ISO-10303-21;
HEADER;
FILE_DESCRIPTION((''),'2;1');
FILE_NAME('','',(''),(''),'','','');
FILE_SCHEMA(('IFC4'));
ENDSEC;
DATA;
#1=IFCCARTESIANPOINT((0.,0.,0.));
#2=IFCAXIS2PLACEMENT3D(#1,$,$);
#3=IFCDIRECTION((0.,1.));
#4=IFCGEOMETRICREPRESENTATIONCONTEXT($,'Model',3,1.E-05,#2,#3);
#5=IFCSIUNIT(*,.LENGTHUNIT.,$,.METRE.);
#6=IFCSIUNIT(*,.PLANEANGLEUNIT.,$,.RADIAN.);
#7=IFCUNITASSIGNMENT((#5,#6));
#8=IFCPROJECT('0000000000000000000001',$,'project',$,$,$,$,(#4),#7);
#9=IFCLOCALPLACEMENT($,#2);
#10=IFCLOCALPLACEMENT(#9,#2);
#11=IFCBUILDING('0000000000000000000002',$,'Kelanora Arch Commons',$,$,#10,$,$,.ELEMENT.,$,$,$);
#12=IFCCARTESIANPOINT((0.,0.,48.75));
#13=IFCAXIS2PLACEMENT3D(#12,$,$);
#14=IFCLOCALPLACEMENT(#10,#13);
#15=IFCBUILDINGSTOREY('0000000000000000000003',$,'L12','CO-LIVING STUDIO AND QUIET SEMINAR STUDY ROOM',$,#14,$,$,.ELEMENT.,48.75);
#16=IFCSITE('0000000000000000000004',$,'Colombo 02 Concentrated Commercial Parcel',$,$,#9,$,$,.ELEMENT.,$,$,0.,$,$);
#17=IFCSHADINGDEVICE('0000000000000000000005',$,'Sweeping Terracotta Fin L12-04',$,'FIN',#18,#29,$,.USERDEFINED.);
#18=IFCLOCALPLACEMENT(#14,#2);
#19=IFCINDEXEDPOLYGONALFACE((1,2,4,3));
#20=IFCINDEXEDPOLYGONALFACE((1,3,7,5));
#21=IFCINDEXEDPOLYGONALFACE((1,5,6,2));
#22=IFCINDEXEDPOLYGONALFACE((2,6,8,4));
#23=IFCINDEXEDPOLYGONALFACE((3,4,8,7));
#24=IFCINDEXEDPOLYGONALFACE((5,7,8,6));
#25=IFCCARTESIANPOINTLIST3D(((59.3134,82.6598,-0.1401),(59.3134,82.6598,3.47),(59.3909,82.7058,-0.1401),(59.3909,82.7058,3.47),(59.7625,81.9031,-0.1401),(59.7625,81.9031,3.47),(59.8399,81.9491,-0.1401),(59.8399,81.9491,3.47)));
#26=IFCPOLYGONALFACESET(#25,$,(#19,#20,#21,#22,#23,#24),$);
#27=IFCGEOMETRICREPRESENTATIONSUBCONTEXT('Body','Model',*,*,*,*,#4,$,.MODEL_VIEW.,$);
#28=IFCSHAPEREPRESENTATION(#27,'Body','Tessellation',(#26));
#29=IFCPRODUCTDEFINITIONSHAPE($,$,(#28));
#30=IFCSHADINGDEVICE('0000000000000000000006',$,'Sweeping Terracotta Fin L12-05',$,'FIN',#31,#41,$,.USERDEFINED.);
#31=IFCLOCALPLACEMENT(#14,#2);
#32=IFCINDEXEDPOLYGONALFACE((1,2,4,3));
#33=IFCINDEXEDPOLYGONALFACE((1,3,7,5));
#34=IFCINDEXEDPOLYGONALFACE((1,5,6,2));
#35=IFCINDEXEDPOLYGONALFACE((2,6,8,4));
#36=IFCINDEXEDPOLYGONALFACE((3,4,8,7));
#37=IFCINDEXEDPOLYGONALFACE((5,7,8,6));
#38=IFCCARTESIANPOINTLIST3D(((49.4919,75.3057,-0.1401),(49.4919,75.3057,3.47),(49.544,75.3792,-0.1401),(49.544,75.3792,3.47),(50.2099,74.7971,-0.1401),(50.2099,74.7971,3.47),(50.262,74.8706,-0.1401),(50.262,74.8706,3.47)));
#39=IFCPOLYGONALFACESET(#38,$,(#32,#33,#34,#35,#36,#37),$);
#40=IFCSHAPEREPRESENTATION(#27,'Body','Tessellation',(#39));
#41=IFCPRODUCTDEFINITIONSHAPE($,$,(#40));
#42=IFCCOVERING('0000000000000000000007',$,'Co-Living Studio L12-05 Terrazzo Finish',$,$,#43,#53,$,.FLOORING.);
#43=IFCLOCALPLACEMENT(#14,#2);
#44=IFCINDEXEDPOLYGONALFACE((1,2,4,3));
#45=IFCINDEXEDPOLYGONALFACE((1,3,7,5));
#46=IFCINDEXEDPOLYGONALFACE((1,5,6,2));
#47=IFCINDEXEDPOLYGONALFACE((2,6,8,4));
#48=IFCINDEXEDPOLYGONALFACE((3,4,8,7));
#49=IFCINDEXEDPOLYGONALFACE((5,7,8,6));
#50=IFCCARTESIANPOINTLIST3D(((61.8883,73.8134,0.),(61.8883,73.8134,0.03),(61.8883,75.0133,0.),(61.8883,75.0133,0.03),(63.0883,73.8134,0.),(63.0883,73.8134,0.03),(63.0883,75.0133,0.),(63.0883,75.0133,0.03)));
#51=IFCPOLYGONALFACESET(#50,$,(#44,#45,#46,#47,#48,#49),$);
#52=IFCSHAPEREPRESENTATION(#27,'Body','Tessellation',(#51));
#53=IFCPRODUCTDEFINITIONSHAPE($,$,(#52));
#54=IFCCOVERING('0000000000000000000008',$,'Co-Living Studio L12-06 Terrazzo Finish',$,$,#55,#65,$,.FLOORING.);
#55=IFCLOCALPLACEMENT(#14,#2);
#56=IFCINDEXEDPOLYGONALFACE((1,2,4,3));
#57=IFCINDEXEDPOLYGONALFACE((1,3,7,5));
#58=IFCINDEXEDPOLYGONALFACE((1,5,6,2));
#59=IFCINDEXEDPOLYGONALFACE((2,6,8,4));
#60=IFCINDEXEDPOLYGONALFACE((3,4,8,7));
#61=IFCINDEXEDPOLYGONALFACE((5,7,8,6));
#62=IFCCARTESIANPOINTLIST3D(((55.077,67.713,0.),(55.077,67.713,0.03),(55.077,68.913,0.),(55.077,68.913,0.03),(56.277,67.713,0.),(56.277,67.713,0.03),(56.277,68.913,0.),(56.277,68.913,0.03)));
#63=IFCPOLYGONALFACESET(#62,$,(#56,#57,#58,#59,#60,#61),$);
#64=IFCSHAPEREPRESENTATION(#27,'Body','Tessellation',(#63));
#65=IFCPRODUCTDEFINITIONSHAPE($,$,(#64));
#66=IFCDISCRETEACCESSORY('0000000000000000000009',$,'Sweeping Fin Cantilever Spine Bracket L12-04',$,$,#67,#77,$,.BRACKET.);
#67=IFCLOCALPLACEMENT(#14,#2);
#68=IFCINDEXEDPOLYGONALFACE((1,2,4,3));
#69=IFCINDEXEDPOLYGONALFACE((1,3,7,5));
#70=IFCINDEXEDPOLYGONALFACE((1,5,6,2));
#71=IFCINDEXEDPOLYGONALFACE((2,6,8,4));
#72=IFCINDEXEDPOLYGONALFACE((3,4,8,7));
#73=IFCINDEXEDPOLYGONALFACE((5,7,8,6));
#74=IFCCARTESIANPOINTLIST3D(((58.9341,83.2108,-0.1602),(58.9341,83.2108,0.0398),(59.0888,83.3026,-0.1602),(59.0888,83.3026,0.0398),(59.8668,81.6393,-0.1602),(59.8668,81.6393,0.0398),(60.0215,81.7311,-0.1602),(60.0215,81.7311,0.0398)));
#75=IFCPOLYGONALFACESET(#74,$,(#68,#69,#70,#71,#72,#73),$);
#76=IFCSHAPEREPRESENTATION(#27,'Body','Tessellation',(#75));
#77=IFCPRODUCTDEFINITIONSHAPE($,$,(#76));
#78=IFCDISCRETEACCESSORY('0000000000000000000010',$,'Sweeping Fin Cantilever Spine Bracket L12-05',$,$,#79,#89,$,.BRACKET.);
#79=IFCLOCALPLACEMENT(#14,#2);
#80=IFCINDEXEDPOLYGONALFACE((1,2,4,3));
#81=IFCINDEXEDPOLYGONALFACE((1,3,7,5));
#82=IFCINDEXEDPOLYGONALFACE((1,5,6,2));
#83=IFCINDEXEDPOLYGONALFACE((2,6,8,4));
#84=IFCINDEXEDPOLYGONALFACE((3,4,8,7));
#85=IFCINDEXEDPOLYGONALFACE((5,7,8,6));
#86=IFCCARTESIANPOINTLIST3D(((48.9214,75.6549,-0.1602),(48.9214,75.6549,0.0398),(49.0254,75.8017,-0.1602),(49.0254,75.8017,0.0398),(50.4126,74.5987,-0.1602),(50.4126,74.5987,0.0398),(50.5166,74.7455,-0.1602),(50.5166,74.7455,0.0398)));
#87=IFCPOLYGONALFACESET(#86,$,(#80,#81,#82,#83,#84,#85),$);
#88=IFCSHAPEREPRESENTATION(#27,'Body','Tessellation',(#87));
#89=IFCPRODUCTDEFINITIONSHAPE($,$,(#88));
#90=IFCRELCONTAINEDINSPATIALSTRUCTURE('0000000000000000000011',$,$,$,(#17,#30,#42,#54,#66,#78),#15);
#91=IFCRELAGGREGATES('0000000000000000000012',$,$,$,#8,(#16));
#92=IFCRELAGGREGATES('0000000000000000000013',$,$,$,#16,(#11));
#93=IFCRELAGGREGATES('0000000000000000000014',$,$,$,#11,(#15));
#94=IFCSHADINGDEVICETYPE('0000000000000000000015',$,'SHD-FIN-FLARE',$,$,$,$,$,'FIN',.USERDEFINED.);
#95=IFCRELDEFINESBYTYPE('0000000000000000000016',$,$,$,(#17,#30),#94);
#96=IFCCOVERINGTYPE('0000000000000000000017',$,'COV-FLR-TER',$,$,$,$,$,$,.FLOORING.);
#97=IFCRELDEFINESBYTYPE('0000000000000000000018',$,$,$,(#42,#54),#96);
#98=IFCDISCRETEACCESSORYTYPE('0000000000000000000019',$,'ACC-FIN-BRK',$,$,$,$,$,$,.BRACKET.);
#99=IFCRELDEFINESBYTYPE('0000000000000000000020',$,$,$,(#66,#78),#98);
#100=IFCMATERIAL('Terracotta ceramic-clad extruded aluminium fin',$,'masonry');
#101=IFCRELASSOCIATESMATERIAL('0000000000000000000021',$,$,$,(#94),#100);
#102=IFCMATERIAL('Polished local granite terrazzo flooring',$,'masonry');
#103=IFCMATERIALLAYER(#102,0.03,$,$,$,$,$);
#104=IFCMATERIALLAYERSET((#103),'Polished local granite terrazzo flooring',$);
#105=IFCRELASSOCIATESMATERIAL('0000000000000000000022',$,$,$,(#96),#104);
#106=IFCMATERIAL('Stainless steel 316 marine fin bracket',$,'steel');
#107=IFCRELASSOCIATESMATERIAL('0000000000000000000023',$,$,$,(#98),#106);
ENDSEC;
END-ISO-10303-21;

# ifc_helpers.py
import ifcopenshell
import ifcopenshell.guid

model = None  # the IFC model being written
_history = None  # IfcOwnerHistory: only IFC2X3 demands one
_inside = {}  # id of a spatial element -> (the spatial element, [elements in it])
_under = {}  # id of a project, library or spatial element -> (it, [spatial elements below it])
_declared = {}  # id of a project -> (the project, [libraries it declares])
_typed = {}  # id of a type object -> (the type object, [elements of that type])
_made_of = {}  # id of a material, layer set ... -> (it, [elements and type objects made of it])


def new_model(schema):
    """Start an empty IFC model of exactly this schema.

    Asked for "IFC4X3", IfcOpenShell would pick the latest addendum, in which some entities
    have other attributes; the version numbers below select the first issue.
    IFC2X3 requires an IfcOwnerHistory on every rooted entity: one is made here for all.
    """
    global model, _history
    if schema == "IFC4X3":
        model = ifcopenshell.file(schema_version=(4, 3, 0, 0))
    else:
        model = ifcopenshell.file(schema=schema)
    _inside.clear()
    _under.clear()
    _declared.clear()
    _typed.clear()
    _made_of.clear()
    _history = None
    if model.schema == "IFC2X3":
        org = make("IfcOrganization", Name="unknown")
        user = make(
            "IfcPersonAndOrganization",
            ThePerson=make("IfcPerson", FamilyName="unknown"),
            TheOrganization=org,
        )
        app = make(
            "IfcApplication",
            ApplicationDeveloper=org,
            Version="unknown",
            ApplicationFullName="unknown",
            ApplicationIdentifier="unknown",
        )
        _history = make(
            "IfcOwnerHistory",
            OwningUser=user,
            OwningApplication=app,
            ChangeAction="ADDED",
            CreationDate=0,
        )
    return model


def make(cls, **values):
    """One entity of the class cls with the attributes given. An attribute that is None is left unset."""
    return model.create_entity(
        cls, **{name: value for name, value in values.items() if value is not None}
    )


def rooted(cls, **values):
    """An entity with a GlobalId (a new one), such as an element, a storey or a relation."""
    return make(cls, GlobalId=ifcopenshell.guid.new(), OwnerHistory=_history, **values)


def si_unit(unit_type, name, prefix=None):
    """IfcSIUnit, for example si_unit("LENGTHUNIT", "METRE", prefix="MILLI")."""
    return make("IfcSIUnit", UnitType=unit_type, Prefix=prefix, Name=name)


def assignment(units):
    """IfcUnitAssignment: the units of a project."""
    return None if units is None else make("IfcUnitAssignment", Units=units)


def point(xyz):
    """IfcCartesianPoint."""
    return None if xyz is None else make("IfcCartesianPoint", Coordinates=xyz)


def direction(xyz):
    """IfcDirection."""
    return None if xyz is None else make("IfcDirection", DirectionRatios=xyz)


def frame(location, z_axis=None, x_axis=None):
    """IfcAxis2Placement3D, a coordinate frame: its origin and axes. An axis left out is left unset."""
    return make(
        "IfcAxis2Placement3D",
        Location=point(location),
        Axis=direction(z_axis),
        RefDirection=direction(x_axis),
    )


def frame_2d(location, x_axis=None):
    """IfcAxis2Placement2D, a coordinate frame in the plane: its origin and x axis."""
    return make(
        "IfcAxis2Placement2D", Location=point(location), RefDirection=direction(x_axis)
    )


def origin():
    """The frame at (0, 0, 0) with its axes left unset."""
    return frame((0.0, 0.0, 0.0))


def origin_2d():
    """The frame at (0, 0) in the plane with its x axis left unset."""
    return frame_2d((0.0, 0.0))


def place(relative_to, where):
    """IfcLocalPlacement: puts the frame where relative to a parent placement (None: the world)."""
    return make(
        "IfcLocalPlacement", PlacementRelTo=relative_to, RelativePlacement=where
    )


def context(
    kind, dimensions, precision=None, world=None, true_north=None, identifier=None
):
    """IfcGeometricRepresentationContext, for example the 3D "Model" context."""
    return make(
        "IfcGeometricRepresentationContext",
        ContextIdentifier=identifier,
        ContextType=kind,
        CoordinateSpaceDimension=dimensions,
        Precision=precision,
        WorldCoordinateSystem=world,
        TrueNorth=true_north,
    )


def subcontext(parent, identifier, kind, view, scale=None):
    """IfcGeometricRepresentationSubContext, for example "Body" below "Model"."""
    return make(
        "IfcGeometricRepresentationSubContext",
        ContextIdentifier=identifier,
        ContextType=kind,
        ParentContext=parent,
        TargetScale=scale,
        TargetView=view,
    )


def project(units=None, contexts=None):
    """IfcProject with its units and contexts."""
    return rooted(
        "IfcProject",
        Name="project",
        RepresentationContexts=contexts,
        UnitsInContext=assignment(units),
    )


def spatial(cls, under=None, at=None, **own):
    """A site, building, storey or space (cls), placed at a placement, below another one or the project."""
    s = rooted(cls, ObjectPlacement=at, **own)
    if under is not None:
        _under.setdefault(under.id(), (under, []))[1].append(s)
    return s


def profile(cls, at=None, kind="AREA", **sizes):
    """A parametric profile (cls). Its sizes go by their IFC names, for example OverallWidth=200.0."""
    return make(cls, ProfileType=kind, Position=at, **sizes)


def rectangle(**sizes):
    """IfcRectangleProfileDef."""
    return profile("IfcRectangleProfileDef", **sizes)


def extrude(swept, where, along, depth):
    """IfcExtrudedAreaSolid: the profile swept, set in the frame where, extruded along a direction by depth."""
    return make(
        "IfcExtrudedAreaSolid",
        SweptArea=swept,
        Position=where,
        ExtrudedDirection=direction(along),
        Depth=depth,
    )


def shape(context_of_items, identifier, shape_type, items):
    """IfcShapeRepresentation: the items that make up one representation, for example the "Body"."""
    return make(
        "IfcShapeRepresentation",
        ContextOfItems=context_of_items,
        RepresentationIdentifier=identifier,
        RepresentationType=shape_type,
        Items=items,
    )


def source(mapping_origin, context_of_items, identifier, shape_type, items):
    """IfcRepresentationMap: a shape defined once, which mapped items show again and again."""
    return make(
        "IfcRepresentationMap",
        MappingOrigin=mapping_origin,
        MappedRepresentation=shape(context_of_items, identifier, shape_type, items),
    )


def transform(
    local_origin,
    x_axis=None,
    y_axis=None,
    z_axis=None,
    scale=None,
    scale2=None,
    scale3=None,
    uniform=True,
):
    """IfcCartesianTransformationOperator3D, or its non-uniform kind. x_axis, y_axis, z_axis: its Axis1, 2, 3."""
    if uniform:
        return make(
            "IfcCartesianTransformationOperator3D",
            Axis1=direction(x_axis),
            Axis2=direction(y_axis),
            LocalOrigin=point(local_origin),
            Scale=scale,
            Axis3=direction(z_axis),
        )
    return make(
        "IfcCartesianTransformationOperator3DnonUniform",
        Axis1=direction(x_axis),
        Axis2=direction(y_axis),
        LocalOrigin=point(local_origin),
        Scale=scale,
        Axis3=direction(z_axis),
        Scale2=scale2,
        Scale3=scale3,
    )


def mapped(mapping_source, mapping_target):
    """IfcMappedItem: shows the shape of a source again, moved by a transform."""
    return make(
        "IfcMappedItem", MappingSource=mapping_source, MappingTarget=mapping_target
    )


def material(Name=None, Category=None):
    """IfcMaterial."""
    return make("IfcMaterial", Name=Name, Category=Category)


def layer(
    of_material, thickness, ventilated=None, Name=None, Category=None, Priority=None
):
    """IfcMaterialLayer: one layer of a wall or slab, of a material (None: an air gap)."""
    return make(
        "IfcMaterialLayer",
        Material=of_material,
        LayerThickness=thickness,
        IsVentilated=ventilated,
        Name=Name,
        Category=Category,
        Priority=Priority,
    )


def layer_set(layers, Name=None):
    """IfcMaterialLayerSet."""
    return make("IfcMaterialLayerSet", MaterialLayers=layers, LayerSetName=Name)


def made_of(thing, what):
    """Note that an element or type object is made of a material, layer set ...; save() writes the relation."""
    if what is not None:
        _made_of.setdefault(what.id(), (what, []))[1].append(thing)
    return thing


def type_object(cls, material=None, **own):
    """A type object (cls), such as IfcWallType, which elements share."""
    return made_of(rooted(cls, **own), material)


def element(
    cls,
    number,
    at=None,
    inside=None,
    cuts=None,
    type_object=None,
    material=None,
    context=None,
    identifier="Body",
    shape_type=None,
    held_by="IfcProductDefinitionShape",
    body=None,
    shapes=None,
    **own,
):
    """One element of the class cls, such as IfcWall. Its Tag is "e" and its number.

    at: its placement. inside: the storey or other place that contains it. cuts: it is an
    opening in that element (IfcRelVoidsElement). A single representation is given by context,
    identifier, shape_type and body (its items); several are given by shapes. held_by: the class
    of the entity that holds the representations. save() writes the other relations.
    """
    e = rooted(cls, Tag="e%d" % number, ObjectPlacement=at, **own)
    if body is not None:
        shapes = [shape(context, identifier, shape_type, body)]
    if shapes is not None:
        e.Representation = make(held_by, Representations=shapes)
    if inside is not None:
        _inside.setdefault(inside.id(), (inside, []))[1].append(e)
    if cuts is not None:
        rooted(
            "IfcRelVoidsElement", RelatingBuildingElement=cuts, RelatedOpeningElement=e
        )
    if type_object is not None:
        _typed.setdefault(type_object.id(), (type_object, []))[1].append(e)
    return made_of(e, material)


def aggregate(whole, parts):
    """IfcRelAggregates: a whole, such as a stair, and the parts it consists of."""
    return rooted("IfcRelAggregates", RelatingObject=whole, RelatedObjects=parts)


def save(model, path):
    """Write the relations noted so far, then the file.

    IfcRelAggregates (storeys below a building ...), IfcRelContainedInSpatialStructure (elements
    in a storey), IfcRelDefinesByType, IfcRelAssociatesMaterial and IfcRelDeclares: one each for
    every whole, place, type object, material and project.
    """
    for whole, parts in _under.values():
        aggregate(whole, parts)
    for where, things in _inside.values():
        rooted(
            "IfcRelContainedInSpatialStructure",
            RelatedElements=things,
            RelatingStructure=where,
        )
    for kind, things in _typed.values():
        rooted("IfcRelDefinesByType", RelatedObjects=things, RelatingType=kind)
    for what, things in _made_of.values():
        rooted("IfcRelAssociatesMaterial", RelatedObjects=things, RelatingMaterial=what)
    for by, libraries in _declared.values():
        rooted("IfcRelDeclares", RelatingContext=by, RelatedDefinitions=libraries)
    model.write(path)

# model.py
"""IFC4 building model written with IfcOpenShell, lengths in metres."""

from ifc_helpers import new_model, si_unit, direction, frame, origin, origin_2d, place, context, subcontext, project, spatial, rectangle, extrude, source, transform, mapped, material, layer, layer_set, type_object, element, save


model = new_model("IFC4")

# Units and contexts
model_context = context("Model", 3, precision=1e-05, world=origin(), true_north=direction((0.0, 1.0)))
body_context = subcontext(model_context, "Body", "Model", "MODEL_VIEW")
ifc_project = project(units=[si_unit("LENGTHUNIT", "METRE"), si_unit("PLANEANGLEUNIT", "RADIAN")], contexts=[model_context])

# Site, building, storey
site_placement = place(None, origin())
site = spatial("IfcSite", under=ifc_project, at=site_placement, Name="Colombo 02 Concentrated Commercial Parcel", CompositionType="ELEMENT", RefElevation=0.0)
building_placement = place(site_placement, origin())
building = spatial("IfcBuilding", under=site, at=building_placement, Name="Kelanora Arch Commons", CompositionType="ELEMENT")
storey_placement = place(building_placement, frame((0.0, 0.0, 48.75)))
storey = spatial("IfcBuildingStorey", under=building, at=storey_placement, Name="L12", Description="CO-LIVING STUDIO AND QUIET SEMINAR STUDY ROOM", CompositionType="ELEMENT", Elevation=48.75)

# Shading devices
ifc_material_1 = material(Name="Terracotta ceramic-clad extruded aluminium fin", Category="masonry")
shading_device_type = type_object("IfcShadingDeviceType", Name="SHD-FIN-FLARE", ElementType="FIN", PredefinedType="USERDEFINED", material=ifc_material_1)
shared_shape_1 = source(origin(), body_context, "Body", "SweptSolid", [
    extrude(rectangle(XDim=0.8799, YDim=0.0901, at=origin_2d()), origin(), (0.0, 0.0, 1.0), 3.6101),
])
for number, where, z_axis, x_axis, name in (
    (1, (59.5767, 82.3044, -0.1401), (0.0, 0.0, 1.0), (-0.510393, 0.859941, 0.0), "Sweeping Terracotta Fin L12-04"),
    (2, (49.877, 75.0881, -0.1401), (0.0, 0.0, 1.0), (-0.816037, 0.578, 0.0), "Sweeping Terracotta Fin L12-05"),
):
    element("IfcShadingDevice", number, at=place(storey_placement, frame(where, z_axis=z_axis, x_axis=x_axis)), inside=storey, type_object=shading_device_type, Name=name, ObjectType="FIN", PredefinedType="USERDEFINED", context=body_context, shape_type="MappedRepresentation", body=[
        mapped(shared_shape_1, transform((0.0, 0.0, 0.0), scale=1.0)),
    ])

# Coverings
ifc_material_2 = material(Name="Polished local granite terrazzo flooring", Category="masonry")
ifc_layer_1 = layer(ifc_material_2, 0.03)
ifc_layer_set_1 = layer_set([ifc_layer_1], Name="Polished local granite terrazzo flooring")
covering_type = type_object("IfcCoveringType", Name="COV-FLR-TER", PredefinedType="FLOORING", material=ifc_layer_set_1)
shared_shape_2 = source(origin(), body_context, "Body", "SweptSolid", [
    extrude(rectangle(XDim=1.2, YDim=1.2, at=origin_2d()), origin(), (0.0, 0.0, 1.0), 0.03),
])
for number, where, z_axis, x_axis, name in (
    (3, (62.4883, 74.4133, 0.0), (0.0, 0.0, 1.0), (1.0, 0.0, 0.0), "Co-Living Studio L12-05 Terrazzo Finish"),
    (4, (55.677, 68.313, 0.0), (0.0, 0.0, 1.0), (1.0, 0.0, 0.0), "Co-Living Studio L12-06 Terrazzo Finish"),
):
    element("IfcCovering", number, at=place(storey_placement, frame(where, z_axis=z_axis, x_axis=x_axis)), inside=storey, type_object=covering_type, Name=name, PredefinedType="FLOORING", context=body_context, shape_type="MappedRepresentation", body=[
        mapped(shared_shape_2, transform((0.0, 0.0, 0.0), scale=1.0)),
    ])

# Discrete accessories
ifc_material_3 = material(Name="Stainless steel 316 marine fin bracket", Category="steel")
discrete_accessory_type = type_object("IfcDiscreteAccessoryType", Name="ACC-FIN-BRK", PredefinedType="BRACKET", material=ifc_material_3)
shared_shape_3 = source(origin(), body_context, "Body", "SweptSolid", [
    extrude(rectangle(XDim=1.8274, YDim=0.1799, at=origin_2d()), origin(), (0.0, 0.0, 1.0), 0.2),
])
for number, where, z_axis, x_axis, name in (
    (5, (59.4778, 82.4709, -0.1602), (0.0, 0.0, 1.0), (-0.510393, 0.859941, 0.0), "Sweeping Fin Cantilever Spine Bracket L12-04"),
    (6, (49.719, 75.2002, -0.1602), (0.0, 0.0, 1.0), (-0.816037, 0.578, 0.0), "Sweeping Fin Cantilever Spine Bracket L12-05"),
):
    element("IfcDiscreteAccessory", number, at=place(storey_placement, frame(where, z_axis=z_axis, x_axis=x_axis)), inside=storey, type_object=discrete_accessory_type, Name=name, PredefinedType="BRACKET", context=body_context, shape_type="MappedRepresentation", body=[
        mapped(shared_shape_3, transform((0.0, 0.0, 0.0), scale=1.0)),
    ])

save(model, "model.ifc")
